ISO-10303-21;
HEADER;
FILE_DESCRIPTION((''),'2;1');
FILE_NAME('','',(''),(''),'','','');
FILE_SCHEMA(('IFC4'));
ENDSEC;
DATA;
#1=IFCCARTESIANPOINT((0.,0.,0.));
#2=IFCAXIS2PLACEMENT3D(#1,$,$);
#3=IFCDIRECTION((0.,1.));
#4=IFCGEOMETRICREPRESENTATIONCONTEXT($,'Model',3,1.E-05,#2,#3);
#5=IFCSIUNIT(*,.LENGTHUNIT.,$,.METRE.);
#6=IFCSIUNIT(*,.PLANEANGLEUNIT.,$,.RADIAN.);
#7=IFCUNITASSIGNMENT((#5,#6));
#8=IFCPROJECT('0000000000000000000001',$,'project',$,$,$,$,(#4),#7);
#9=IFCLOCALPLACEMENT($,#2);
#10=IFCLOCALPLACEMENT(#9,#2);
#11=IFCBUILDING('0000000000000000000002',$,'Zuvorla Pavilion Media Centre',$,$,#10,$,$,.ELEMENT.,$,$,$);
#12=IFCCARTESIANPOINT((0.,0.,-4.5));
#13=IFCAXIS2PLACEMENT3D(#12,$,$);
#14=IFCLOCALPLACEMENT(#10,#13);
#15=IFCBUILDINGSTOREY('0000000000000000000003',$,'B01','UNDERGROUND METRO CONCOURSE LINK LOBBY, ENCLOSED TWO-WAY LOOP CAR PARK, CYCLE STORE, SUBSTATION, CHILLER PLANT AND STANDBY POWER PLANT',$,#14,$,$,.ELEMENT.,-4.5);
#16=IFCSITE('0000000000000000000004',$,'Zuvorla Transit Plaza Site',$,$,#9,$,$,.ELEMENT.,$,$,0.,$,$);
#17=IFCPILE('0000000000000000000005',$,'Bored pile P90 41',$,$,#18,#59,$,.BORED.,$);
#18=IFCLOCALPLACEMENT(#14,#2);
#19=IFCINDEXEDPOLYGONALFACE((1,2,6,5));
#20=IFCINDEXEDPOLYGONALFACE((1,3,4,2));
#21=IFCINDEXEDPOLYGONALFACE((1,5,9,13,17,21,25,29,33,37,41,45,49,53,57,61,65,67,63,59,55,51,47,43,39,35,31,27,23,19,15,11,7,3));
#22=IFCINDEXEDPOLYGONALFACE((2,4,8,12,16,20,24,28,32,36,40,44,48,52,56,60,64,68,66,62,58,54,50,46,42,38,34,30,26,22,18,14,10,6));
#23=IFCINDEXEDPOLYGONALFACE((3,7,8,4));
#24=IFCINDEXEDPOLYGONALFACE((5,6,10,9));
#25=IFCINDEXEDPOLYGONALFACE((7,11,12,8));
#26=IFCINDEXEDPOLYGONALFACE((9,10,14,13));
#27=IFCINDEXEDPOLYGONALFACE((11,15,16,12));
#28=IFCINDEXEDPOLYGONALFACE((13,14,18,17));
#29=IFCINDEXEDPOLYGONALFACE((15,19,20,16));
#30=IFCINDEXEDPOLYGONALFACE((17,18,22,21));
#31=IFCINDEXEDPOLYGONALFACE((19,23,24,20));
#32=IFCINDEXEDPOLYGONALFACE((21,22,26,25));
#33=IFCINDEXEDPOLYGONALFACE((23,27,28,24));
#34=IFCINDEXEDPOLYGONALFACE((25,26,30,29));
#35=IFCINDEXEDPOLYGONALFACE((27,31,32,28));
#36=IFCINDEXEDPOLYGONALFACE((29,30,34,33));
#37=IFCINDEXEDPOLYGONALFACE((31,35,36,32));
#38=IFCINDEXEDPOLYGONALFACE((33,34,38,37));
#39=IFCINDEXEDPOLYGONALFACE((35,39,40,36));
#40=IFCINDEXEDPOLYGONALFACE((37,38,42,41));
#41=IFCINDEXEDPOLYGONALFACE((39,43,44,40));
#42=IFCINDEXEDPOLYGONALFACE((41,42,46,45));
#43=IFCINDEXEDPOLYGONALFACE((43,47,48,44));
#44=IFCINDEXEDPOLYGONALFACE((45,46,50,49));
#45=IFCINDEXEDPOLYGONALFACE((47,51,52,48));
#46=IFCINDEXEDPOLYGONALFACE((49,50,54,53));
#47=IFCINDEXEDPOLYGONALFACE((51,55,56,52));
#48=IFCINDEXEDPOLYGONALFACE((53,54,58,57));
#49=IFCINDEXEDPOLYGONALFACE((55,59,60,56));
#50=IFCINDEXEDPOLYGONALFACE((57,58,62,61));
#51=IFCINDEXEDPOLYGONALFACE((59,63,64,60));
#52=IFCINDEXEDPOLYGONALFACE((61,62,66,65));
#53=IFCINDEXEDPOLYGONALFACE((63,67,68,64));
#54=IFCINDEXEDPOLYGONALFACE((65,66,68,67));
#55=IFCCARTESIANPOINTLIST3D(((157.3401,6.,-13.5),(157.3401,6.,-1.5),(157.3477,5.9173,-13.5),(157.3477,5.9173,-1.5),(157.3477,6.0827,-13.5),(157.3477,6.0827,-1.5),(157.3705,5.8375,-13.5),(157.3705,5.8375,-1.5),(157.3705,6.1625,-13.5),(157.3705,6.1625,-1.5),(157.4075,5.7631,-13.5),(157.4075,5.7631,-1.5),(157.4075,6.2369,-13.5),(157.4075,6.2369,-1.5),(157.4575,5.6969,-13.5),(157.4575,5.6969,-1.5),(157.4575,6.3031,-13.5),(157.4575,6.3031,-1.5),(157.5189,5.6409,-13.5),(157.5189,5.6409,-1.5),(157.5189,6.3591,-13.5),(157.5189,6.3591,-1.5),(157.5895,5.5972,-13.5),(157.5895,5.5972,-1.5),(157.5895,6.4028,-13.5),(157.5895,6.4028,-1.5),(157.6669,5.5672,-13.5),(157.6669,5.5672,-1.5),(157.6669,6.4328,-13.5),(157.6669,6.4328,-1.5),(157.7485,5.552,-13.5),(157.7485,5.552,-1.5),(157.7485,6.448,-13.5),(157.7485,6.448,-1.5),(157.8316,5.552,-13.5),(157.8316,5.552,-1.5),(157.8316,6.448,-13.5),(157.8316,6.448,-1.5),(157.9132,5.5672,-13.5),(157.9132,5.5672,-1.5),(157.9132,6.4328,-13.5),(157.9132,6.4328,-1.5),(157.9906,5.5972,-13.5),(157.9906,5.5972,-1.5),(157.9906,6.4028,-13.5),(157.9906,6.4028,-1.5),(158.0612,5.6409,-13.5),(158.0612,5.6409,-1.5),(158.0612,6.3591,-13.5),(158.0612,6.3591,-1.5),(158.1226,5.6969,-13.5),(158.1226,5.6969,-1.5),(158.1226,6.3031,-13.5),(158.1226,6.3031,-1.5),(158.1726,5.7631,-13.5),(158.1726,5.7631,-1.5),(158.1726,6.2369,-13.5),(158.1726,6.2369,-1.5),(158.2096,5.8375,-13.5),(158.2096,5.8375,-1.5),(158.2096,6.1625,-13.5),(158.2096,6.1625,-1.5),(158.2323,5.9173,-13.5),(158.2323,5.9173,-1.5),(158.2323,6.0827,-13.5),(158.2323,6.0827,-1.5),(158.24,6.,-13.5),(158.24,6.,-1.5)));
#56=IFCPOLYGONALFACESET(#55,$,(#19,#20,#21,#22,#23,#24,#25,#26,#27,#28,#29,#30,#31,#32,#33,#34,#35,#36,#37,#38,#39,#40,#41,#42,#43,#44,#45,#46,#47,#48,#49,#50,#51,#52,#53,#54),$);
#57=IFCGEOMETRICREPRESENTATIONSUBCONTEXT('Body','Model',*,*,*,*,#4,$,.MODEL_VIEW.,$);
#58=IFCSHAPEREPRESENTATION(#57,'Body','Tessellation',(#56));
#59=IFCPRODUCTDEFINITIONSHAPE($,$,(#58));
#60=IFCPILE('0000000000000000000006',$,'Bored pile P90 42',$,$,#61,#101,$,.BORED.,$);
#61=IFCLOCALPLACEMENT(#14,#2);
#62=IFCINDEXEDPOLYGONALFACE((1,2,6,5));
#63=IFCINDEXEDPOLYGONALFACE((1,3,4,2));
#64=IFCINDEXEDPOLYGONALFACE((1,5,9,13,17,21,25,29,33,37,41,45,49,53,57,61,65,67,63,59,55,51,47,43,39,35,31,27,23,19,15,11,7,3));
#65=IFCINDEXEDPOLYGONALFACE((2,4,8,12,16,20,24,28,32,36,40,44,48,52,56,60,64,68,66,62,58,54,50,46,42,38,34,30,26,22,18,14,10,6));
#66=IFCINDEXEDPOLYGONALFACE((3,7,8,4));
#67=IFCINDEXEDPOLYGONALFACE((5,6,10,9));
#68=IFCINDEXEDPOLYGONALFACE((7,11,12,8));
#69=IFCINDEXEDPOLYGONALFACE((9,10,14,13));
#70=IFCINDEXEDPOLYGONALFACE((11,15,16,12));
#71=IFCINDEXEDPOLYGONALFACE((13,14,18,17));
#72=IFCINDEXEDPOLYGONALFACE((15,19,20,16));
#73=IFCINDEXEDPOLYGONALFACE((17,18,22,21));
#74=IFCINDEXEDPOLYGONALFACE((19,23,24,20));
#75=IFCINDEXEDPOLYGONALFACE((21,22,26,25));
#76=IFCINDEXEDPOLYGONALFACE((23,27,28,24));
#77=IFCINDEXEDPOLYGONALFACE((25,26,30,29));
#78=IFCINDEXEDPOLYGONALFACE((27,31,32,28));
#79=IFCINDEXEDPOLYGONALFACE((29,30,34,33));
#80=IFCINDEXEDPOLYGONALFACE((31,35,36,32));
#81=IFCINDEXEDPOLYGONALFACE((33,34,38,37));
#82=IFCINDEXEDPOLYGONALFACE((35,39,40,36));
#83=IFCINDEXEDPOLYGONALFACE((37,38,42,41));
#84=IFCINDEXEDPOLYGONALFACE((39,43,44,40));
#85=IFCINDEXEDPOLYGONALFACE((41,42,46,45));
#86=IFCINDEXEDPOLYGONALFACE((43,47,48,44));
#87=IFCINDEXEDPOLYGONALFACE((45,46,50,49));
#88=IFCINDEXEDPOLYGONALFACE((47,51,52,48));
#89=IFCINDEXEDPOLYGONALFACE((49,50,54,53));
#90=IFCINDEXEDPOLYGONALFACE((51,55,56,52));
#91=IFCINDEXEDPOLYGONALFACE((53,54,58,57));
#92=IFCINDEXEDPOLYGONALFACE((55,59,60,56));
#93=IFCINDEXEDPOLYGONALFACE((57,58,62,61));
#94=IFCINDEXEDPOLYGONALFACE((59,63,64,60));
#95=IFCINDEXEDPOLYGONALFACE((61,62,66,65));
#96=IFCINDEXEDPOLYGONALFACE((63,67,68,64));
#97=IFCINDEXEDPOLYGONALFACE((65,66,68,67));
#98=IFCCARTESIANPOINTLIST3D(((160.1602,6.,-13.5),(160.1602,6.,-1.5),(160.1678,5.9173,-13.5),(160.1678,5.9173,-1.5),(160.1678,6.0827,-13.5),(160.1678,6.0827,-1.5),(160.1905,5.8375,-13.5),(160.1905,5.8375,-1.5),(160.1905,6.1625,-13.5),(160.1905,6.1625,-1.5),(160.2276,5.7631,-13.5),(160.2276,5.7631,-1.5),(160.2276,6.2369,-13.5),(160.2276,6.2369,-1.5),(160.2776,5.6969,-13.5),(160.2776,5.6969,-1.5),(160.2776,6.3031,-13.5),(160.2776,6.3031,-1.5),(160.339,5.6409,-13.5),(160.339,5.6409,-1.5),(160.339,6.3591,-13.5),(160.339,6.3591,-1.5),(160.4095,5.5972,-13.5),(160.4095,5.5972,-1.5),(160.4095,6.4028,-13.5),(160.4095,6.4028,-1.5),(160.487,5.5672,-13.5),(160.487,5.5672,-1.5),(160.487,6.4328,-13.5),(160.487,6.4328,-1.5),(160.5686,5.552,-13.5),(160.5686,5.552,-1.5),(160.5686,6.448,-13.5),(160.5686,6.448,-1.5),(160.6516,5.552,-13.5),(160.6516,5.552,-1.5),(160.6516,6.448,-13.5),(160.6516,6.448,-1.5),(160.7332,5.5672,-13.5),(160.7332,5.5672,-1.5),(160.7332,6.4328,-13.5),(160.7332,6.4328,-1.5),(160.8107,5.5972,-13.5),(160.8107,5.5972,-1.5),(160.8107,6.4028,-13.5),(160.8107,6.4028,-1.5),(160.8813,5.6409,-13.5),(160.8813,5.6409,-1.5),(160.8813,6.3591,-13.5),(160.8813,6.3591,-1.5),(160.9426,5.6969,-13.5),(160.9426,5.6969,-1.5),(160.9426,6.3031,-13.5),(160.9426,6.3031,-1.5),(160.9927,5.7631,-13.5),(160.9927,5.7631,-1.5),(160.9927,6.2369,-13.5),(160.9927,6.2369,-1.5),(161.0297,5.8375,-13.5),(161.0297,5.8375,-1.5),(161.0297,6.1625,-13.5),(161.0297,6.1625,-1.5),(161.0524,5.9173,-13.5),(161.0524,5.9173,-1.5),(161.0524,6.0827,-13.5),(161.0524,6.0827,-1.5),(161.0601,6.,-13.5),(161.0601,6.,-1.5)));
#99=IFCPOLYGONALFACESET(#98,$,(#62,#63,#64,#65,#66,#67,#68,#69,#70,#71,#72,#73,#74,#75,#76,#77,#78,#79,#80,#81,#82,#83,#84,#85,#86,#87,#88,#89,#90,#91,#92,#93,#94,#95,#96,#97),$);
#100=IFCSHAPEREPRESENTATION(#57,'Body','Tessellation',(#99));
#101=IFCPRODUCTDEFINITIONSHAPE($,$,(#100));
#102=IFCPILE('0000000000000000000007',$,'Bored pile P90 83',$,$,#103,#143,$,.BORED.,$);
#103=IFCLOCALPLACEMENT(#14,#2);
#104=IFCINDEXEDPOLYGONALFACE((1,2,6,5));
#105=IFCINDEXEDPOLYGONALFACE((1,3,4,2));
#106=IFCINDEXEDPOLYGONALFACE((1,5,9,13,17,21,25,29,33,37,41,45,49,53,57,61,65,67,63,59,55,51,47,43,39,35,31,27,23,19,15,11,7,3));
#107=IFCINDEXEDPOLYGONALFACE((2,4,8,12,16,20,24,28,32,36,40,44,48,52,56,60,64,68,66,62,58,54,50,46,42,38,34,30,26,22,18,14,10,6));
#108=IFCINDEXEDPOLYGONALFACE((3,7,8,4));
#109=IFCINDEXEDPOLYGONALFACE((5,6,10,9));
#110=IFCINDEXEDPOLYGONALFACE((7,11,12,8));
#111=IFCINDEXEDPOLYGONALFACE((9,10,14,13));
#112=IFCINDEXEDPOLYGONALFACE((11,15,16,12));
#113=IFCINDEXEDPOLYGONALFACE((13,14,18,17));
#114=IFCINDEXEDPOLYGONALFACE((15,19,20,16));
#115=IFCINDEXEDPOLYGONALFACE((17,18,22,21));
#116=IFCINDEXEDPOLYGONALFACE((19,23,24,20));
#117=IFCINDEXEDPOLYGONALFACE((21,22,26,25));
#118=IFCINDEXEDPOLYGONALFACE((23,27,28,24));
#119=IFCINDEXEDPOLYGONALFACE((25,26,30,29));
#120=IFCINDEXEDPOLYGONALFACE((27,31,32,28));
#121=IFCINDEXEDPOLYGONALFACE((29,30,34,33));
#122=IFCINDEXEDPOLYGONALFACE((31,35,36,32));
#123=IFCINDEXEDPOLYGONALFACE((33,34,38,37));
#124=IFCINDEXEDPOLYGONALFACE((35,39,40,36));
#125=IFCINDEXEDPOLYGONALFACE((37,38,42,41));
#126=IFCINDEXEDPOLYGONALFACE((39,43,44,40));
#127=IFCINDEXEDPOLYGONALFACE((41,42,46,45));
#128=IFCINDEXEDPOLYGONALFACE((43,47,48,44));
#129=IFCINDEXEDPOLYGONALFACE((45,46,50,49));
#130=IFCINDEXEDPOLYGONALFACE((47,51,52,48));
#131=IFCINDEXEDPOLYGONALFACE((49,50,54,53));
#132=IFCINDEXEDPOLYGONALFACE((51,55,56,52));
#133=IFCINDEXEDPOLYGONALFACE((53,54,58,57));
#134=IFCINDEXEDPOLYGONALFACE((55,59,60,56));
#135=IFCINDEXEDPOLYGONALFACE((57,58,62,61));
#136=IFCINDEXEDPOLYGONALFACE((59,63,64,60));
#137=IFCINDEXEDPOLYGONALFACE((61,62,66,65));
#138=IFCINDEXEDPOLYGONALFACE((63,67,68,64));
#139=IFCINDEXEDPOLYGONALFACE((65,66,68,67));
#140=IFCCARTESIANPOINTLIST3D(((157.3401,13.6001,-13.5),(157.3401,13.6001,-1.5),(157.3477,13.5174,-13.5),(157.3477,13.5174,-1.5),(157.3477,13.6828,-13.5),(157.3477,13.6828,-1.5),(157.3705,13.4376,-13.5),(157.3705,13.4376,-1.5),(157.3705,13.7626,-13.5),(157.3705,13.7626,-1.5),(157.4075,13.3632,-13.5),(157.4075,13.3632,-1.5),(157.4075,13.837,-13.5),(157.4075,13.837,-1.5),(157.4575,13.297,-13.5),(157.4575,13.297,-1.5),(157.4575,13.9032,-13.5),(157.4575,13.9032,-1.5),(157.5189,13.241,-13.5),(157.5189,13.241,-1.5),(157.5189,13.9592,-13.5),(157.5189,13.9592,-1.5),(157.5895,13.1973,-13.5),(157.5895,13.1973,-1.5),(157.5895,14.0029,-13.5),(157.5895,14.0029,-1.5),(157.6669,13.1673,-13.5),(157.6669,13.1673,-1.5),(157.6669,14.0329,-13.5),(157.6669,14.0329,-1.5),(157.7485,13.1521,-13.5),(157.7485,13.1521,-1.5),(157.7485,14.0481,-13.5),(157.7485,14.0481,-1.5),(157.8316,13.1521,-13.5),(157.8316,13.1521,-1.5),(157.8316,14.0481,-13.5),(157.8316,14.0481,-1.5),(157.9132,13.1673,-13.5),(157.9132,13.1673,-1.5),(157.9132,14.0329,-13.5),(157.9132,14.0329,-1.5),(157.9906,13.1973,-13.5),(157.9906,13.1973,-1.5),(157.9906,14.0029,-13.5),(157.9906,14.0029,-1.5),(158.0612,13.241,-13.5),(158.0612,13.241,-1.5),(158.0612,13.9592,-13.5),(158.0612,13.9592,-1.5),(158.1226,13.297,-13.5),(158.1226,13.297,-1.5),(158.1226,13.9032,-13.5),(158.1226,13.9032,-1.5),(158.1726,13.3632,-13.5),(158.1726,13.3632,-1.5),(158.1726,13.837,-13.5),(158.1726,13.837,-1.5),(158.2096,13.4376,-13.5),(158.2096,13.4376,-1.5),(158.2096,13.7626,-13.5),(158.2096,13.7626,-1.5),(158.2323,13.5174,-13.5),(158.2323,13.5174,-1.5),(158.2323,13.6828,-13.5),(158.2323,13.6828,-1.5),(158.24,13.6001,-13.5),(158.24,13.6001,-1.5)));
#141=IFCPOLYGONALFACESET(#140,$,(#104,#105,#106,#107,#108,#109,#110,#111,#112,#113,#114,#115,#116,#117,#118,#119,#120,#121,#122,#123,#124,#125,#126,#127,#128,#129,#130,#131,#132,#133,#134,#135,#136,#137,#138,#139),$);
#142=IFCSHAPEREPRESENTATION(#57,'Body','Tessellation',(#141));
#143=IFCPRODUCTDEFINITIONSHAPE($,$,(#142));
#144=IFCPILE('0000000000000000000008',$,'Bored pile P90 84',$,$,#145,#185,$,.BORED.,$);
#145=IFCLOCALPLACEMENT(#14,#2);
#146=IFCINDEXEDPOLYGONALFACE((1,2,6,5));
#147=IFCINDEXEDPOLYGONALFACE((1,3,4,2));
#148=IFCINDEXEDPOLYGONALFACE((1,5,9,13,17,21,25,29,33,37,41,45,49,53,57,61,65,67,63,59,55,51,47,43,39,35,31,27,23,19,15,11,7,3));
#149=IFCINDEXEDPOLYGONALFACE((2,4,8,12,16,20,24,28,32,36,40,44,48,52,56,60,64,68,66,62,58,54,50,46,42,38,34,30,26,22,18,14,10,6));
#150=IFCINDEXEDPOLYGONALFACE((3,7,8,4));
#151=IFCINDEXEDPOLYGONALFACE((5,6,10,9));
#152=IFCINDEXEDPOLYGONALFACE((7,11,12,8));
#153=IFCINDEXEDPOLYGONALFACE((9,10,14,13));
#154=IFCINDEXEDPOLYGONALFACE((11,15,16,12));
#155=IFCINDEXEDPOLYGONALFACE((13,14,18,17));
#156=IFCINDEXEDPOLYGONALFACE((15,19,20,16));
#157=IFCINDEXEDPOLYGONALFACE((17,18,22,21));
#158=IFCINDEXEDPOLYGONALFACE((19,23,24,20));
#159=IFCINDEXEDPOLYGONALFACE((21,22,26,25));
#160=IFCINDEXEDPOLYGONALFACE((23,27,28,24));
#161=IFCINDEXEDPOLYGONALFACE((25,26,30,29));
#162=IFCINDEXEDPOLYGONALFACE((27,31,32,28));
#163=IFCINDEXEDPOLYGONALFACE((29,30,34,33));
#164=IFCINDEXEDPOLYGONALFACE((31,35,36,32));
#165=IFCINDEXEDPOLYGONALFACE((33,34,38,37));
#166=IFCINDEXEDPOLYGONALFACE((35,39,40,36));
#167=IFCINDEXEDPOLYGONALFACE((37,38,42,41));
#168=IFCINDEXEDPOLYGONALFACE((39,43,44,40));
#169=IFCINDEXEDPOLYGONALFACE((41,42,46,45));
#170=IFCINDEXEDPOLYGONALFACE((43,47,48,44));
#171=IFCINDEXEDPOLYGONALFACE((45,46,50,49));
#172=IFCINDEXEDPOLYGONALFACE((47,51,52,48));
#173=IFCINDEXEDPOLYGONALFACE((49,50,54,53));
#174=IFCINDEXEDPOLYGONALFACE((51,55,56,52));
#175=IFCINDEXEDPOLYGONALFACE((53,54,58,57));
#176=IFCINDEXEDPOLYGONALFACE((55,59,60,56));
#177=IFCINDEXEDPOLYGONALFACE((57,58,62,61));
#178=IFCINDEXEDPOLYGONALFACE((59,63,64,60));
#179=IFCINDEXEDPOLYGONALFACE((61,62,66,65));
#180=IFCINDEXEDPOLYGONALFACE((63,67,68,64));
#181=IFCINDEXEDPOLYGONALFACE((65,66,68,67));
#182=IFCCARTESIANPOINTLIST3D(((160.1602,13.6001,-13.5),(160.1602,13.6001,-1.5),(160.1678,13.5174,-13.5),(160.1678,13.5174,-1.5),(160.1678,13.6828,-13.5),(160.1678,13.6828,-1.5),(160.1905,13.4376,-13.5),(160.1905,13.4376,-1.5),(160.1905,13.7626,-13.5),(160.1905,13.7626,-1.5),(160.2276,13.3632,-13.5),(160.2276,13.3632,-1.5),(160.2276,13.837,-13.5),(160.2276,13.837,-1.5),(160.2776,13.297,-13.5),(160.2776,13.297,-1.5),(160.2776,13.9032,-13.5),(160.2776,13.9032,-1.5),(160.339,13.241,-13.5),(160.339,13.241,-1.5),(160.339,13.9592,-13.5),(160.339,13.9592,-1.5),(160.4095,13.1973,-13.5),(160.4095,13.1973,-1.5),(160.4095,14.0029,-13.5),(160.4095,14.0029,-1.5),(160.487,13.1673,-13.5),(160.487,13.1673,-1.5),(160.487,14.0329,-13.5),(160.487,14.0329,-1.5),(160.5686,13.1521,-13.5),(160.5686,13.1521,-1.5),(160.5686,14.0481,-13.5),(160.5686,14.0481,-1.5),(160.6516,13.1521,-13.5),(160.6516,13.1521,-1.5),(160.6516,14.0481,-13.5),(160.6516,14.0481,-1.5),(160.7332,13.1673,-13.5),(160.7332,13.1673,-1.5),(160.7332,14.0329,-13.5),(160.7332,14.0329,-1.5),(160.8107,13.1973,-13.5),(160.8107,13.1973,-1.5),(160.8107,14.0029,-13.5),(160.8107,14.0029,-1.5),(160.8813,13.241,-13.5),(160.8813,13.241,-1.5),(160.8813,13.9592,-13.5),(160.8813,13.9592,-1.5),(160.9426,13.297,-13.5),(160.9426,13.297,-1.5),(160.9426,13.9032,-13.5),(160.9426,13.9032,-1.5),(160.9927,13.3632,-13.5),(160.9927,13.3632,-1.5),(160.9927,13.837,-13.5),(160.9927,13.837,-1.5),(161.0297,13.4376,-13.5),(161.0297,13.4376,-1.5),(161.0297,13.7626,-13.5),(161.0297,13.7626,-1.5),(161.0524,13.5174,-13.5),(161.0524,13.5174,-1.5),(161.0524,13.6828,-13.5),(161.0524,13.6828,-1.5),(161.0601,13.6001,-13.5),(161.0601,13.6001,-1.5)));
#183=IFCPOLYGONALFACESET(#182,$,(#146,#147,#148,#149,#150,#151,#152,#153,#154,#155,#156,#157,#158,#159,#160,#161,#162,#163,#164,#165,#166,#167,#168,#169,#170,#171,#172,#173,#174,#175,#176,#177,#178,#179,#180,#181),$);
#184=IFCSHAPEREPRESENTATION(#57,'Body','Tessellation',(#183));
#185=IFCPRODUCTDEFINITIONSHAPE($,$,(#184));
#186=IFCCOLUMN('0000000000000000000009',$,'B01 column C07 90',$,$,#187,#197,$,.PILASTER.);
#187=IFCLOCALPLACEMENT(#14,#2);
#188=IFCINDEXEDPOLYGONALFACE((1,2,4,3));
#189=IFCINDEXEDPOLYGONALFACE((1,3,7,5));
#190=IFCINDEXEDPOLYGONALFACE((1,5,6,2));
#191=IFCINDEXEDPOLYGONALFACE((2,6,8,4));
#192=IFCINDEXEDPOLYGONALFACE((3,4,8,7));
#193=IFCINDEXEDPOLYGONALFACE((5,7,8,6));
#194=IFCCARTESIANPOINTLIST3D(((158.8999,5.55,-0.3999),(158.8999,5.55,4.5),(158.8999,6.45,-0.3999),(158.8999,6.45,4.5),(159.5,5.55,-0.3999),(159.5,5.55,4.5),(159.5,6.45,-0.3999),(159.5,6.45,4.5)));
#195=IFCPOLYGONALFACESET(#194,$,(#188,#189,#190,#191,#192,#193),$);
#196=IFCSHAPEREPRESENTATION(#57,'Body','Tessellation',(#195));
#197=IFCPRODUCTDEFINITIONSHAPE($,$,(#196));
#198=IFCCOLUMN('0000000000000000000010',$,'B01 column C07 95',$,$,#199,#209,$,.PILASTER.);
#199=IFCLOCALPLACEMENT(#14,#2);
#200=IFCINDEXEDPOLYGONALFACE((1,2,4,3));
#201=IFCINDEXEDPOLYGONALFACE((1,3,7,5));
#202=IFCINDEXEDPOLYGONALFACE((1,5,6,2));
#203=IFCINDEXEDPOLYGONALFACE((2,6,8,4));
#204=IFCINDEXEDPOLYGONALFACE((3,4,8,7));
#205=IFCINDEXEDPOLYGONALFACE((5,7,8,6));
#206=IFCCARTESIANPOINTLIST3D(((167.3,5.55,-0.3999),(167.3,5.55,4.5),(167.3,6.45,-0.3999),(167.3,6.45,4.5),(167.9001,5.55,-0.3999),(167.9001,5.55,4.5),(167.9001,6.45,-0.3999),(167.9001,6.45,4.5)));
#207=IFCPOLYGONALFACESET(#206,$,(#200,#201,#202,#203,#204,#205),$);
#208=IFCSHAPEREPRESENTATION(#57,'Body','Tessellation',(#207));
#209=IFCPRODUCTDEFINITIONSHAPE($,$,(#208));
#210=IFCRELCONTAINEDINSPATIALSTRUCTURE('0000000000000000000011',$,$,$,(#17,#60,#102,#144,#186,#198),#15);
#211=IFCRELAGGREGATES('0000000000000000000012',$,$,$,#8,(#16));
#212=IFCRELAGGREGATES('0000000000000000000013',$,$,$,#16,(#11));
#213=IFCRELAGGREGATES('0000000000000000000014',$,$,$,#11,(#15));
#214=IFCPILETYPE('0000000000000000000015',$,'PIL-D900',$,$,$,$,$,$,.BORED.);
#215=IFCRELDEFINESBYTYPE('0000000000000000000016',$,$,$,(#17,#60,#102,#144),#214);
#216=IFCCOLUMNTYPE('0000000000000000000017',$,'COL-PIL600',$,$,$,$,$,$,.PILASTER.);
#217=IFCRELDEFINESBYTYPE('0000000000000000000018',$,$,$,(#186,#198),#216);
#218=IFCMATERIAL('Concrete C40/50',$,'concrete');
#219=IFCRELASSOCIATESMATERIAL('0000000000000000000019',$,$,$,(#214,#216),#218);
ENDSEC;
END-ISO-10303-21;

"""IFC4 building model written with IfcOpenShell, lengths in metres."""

from ifc_helpers import new_model, si_unit, direction, frame, origin, origin_2d, place, context, subcontext, project, spatial, rectangle, circle, extrude, material, material_profile, profile_set, type_object, element, save


model = new_model("IFC4")

# Units and contexts
model_context = context("Model", 3, precision=1e-05, world=origin(), true_north=direction((0.0, 1.0)))
body_context = subcontext(model_context, "Body", "Model", "MODEL_VIEW")
ifc_project = project(units=[si_unit("LENGTHUNIT", "METRE"), si_unit("PLANEANGLEUNIT", "RADIAN")], contexts=[model_context])

# Site, building, storey
site_placement = place(None, origin())
site = spatial("IfcSite", under=ifc_project, at=site_placement, Name="Zuvorla Transit Plaza Site", CompositionType="ELEMENT", RefElevation=0.0)
building_placement = place(site_placement, origin())
building = spatial("IfcBuilding", under=site, at=building_placement, Name="Zuvorla Pavilion Media Centre", CompositionType="ELEMENT")
storey_placement = place(building_placement, frame((0.0, 0.0, -4.5)))
storey = spatial("IfcBuildingStorey", under=building, at=storey_placement, Name="B01", Description="UNDERGROUND METRO CONCOURSE LINK LOBBY, ENCLOSED TWO-WAY LOOP CAR PARK, CYCLE STORE, SUBSTATION, CHILLER PLANT AND STANDBY POWER PLANT", CompositionType="ELEMENT", Elevation=-4.5)

# Shared definitions
ifc_material = material(Name="Concrete C40/50", Category="concrete")

# Piles
ifc_material_profile_1 = material_profile(ifc_material, circle(Radius=0.45, at=origin_2d()), Name="BORED PILE 900")
ifc_profile_set_1 = profile_set([ifc_material_profile_1], Name="Concrete C40/50")
pile_type = type_object("IfcPileType", Name="PIL-D900", PredefinedType="BORED", material=ifc_profile_set_1)
for number, where, z_axis, x_axis, name in (
    (1, (157.79, 6.0, -1.5), (0.0, 0.0, -1.0), (1.0, 0.0, 0.0), "Bored pile P90 41"),
    (2, (160.6101, 6.0, -1.5), (0.0, 0.0, -1.0), (1.0, 0.0, 0.0), "Bored pile P90 42"),
    (3, (157.79, 13.6001, -1.5), (0.0, 0.0, -1.0), (1.0, 0.0, 0.0), "Bored pile P90 83"),
    (4, (160.6101, 13.6001, -1.5), (0.0, 0.0, -1.0), (1.0, 0.0, 0.0), "Bored pile P90 84"),
):
    element("IfcPile", number, at=place(storey_placement, frame(where, z_axis=z_axis, x_axis=x_axis)), inside=storey, type_object=pile_type, Name=name, PredefinedType="BORED", context=body_context, shape_type="SweptSolid", body=[
        extrude(circle(Radius=0.45, at=origin_2d()), origin(), (0.0, 0.0, 1.0), 12.0),
    ])

# Columns
ifc_material_profile_2 = material_profile(ifc_material, rectangle(XDim=0.6001, YDim=0.8999, at=origin_2d()), Name="RC 600x900")
ifc_profile_set_2 = profile_set([ifc_material_profile_2], Name="Concrete C40/50")
column_type_1 = type_object("IfcColumnType", Name="COL-PIL600", PredefinedType="PILASTER", material=ifc_profile_set_2)
for number, where, z_axis, x_axis, name in (
    (5, (159.2, 6.0, -0.3999), (0.0, 0.0, 1.0), (1.0, 0.0, 0.0), "B01 column C07 90"),
    (6, (167.6001, 6.0, -0.3999), (0.0, 0.0, 1.0), (1.0, 0.0, 0.0), "B01 column C07 95"),
):
    element("IfcColumn", number, at=place(storey_placement, frame(where, z_axis=z_axis, x_axis=x_axis)), inside=storey, type_object=column_type_1, Name=name, PredefinedType="PILASTER", context=body_context, shape_type="SweptSolid", body=[
        extrude(rectangle(XDim=0.6001, YDim=0.8999, at=origin_2d()), origin(), (0.0, 0.0, 1.0), 4.8999),
    ])

save(model, "model.ifc")
